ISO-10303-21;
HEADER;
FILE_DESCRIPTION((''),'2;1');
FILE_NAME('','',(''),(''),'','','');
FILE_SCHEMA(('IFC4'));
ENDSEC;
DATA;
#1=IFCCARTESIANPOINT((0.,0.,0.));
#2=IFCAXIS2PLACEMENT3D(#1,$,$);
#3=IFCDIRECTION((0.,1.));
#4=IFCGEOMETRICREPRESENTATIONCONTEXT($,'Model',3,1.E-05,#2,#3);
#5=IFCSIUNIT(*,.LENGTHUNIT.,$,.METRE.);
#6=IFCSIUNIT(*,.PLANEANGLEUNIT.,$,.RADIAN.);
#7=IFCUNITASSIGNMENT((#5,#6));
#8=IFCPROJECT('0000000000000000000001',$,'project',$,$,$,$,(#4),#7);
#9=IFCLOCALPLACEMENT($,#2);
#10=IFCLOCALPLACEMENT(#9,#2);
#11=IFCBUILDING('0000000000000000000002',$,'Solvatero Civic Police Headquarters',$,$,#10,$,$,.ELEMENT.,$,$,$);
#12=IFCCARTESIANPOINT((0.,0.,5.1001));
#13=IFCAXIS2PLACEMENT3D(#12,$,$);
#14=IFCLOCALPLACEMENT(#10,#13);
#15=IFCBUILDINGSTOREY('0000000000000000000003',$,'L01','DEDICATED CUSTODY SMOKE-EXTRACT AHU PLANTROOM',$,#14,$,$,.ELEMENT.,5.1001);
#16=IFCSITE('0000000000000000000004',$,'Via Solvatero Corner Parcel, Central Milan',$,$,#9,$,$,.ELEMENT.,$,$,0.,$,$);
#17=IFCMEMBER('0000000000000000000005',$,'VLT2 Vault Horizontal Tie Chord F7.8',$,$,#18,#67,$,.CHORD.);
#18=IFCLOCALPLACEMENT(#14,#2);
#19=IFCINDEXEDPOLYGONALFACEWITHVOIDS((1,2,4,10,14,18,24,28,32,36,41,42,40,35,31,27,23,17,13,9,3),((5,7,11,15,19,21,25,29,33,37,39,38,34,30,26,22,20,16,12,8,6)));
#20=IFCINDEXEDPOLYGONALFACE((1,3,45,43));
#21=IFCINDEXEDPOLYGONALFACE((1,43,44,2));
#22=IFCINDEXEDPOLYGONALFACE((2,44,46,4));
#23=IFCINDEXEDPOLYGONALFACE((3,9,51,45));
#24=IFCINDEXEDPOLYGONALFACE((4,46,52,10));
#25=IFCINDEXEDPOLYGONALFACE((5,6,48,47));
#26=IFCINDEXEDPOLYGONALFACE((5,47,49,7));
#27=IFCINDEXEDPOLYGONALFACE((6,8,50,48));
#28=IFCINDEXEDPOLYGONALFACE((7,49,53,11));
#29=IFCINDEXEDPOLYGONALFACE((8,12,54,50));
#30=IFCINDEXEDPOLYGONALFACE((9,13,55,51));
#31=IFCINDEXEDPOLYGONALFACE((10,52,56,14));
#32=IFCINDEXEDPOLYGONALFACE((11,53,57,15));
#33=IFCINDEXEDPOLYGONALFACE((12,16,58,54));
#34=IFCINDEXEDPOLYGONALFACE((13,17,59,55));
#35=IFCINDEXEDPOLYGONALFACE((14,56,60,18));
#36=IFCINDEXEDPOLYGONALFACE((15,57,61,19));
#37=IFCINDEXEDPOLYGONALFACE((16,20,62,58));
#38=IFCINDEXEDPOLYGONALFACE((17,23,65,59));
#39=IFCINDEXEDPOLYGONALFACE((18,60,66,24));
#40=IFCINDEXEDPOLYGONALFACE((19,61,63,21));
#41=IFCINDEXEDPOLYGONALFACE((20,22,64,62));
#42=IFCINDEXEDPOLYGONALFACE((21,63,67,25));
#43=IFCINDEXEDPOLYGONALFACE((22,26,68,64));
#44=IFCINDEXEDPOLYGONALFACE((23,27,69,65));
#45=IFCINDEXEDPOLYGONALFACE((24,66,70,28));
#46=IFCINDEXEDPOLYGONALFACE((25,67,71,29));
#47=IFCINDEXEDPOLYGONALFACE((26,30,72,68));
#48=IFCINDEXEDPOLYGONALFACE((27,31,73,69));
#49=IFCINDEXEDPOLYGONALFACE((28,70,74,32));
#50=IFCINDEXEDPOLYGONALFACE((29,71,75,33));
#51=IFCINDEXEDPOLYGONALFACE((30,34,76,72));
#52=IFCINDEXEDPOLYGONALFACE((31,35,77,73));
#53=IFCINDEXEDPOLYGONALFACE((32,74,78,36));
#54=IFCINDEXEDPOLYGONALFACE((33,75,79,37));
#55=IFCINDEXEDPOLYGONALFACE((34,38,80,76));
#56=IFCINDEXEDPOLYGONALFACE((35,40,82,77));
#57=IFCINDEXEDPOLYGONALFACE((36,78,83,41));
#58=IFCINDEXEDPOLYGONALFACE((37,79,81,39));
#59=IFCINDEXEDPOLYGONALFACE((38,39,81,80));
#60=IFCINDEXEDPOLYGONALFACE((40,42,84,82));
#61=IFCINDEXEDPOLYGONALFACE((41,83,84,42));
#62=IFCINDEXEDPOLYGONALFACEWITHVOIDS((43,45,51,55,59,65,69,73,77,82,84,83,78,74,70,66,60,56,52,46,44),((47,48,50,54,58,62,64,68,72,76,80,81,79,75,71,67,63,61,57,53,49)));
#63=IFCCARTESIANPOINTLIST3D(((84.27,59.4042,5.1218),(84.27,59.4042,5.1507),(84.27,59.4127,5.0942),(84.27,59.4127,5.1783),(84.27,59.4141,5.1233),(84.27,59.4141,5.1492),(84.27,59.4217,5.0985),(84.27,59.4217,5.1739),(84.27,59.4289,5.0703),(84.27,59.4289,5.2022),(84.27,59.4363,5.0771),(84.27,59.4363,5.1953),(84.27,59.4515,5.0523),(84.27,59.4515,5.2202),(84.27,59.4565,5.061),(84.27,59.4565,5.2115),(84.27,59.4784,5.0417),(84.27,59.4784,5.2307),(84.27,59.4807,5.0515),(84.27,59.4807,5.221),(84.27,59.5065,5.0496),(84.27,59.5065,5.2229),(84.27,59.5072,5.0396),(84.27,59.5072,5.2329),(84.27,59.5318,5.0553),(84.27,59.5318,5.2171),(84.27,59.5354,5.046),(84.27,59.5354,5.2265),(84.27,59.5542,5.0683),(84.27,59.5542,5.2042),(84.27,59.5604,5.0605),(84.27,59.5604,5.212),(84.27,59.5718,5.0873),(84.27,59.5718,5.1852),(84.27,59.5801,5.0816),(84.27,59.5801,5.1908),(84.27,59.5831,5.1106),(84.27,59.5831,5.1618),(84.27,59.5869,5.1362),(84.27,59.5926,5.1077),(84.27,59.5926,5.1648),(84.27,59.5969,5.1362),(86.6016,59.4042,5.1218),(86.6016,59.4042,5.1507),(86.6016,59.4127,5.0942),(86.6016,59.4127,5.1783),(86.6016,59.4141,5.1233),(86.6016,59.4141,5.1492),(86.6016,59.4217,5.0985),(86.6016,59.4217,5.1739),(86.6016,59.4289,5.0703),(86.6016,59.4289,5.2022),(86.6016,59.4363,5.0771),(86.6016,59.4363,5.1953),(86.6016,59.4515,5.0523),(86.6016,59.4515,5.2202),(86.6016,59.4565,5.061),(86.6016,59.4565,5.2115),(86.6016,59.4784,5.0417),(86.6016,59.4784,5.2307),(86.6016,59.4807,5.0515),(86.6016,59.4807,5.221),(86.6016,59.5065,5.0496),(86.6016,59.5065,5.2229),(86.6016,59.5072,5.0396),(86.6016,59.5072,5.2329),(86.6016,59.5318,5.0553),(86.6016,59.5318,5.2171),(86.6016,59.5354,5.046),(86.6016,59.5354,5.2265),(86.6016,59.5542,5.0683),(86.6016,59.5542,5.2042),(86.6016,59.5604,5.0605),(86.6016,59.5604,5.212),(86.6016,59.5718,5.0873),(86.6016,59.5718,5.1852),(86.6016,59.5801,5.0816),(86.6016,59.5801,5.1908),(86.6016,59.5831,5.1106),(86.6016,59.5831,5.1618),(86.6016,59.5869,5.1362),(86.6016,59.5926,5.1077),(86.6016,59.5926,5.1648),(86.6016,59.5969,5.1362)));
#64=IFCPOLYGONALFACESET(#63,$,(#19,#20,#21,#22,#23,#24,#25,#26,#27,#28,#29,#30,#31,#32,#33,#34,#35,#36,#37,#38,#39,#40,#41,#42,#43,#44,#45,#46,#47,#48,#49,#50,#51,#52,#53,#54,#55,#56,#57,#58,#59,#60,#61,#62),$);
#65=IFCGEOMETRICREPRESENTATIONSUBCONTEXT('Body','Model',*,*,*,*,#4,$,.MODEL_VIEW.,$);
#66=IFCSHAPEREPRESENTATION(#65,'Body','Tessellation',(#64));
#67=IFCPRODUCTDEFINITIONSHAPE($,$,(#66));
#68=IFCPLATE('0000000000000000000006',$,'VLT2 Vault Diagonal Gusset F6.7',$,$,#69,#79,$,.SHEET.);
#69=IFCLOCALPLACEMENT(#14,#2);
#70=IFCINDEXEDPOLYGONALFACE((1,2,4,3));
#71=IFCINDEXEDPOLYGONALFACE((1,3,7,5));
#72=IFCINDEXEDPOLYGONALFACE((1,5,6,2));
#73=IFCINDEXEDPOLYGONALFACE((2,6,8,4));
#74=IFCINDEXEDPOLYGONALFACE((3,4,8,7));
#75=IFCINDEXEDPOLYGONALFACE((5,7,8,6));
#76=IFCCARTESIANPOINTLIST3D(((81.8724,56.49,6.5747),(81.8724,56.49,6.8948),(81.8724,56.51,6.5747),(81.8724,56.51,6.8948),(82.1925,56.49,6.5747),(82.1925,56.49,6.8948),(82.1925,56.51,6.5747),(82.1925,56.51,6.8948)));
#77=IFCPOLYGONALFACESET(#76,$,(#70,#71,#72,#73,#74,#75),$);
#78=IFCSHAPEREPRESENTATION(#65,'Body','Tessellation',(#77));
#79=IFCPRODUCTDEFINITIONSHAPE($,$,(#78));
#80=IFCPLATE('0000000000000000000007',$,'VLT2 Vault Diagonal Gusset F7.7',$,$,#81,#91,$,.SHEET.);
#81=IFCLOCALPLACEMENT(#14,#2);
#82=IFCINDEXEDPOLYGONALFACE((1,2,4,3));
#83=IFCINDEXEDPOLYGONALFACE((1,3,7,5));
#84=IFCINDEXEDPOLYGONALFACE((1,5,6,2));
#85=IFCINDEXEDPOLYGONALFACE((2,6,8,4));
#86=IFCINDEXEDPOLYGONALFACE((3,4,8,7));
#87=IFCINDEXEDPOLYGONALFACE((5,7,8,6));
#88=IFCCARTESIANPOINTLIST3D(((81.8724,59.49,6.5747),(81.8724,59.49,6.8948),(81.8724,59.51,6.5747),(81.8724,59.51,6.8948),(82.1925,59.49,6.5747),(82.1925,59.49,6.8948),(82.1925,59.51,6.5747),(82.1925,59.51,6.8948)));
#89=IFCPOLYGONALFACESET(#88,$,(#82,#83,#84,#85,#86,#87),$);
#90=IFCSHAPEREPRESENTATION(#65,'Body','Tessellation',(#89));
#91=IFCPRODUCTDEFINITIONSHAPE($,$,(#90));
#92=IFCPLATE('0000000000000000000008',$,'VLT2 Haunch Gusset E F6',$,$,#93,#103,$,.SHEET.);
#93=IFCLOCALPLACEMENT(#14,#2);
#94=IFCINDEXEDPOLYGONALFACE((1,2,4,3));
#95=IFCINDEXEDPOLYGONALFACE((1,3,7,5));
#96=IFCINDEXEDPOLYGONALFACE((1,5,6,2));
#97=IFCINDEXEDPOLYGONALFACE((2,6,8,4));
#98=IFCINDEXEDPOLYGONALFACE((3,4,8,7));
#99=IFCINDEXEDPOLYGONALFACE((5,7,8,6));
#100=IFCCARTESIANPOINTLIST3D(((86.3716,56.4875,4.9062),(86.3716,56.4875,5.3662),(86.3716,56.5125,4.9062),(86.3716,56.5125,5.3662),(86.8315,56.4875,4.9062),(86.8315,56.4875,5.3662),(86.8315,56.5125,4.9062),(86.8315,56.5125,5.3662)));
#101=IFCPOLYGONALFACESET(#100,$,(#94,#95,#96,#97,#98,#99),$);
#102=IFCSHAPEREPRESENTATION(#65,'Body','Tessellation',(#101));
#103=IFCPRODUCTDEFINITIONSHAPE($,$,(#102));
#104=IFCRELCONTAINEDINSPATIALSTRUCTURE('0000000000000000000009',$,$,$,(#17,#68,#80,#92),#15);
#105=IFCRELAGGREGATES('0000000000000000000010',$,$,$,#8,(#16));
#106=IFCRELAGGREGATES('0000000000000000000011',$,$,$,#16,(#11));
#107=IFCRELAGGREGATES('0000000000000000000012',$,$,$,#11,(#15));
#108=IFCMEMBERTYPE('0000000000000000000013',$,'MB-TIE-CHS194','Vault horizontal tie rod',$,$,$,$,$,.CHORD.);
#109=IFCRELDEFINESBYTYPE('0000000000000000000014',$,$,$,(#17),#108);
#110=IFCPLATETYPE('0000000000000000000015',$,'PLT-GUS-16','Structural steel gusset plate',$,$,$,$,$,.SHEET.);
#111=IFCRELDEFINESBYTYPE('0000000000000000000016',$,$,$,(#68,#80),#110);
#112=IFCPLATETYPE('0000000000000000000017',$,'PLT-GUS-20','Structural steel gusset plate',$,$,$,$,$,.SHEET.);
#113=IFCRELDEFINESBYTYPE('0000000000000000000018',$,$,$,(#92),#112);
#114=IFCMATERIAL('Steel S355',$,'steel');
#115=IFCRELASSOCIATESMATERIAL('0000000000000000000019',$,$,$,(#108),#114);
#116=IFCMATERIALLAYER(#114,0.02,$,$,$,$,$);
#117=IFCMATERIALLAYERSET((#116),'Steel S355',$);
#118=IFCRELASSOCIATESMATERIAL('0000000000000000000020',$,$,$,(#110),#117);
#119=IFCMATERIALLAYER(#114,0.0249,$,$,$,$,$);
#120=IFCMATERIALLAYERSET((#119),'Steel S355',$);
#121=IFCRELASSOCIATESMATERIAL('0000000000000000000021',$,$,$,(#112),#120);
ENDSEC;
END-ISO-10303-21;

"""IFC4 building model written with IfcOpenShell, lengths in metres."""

from ifc_helpers import new_model, si_unit, direction, frame, origin, origin_2d, place, context, subcontext, project, spatial, rectangle, hollow_circle, extrude, material, layer, layer_set, material_profile, profile_set, type_object, element, save


model = new_model("IFC4")

# Units and contexts
model_context = context("Model", 3, precision=1e-05, world=origin(), true_north=direction((0.0, 1.0)))
body_context = subcontext(model_context, "Body", "Model", "MODEL_VIEW")
ifc_project = project(units=[si_unit("LENGTHUNIT", "METRE"), si_unit("PLANEANGLEUNIT", "RADIAN")], contexts=[model_context])

# Site, building, storey
site_placement = place(None, origin())
site = spatial("IfcSite", under=ifc_project, at=site_placement, Name="Via Solvatero Corner Parcel, Central Milan", CompositionType="ELEMENT", RefElevation=0.0)
building_placement = place(site_placement, origin())
building = spatial("IfcBuilding", under=site, at=building_placement, Name="Solvatero Civic Police Headquarters", CompositionType="ELEMENT")
storey_placement = place(building_placement, frame((0.0, 0.0, 5.1001)))
storey = spatial("IfcBuildingStorey", under=building, at=storey_placement, Name="L01", Description="DEDICATED CUSTODY SMOKE-EXTRACT AHU PLANTROOM", CompositionType="ELEMENT", Elevation=5.1001)

# Shared definitions
ifc_material_1 = material(Name="Steel S355", Category="steel")

# Member
ifc_material_profile_1 = material_profile(ifc_material_1, hollow_circle(Radius=0.0969, WallThickness=0.01, at=origin_2d()), Name="CHS 193.7x10.0")
ifc_profile_set_1 = profile_set([ifc_material_profile_1], Name="Steel S355")
member_type_1 = type_object("IfcMemberType", Name="MB-TIE-CHS194", Description="Vault horizontal tie rod", PredefinedType="CHORD", material=ifc_profile_set_1)
member_1_placement = place(storey_placement, frame((84.27, 59.5, 5.1362), z_axis=(1.0, 0.0, 0.0), x_axis=(0.0, 1.0, 0.0)))
element("IfcMember", 1, at=member_1_placement, inside=storey, type_object=member_type_1, Name="VLT2 Vault Horizontal Tie Chord F7.8", PredefinedType="CHORD", context=body_context, shape_type="SweptSolid", body=[
    extrude(hollow_circle(Radius=0.0969, WallThickness=0.01, at=origin_2d()), origin(), (0.0, 0.0, 1.0), 2.3315),
])

# Plates
ifc_layer_1 = layer(ifc_material_1, 0.02)
ifc_layer_set_1 = layer_set([ifc_layer_1], Name="Steel S355")
plate_type_1 = type_object("IfcPlateType", Name="PLT-GUS-16", Description="Structural steel gusset plate", PredefinedType="SHEET", material=ifc_layer_set_1)
for number, where, z_axis, x_axis, name in (
    (2, (82.0325, 56.5, 6.5747), (0.0, 0.0, 1.0), (1.0, 0.0, 0.0), "VLT2 Vault Diagonal Gusset F6.7"),
    (3, (82.0325, 59.5, 6.5747), (0.0, 0.0, 1.0), (1.0, 0.0, 0.0), "VLT2 Vault Diagonal Gusset F7.7"),
):
    element("IfcPlate", number, at=place(storey_placement, frame(where, z_axis=z_axis, x_axis=x_axis)), inside=storey, type_object=plate_type_1, Name=name, PredefinedType="SHEET", context=body_context, shape_type="SweptSolid", body=[
        extrude(rectangle(XDim=0.3201, YDim=0.02, at=origin_2d()), origin(), (0.0, 0.0, 1.0), 0.3201),
    ])
ifc_layer_2 = layer(ifc_material_1, 0.0249)
ifc_layer_set_2 = layer_set([ifc_layer_2], Name="Steel S355")
plate_type_2 = type_object("IfcPlateType", Name="PLT-GUS-20", Description="Structural steel gusset plate", PredefinedType="SHEET", material=ifc_layer_set_2)
plate_placement = place(storey_placement, frame((86.6016, 56.5, 4.9062), z_axis=(0.0, 0.0, 1.0), x_axis=(1.0, 0.0, 0.0)))
element("IfcPlate", 4, at=plate_placement, inside=storey, type_object=plate_type_2, Name="VLT2 Haunch Gusset E F6", PredefinedType="SHEET", context=body_context, shape_type="SweptSolid", body=[
    extrude(rectangle(XDim=0.46, YDim=0.0249, at=origin_2d()), origin(), (0.0, 0.0, 1.0), 0.46),
])

save(model, "model.ifc")
